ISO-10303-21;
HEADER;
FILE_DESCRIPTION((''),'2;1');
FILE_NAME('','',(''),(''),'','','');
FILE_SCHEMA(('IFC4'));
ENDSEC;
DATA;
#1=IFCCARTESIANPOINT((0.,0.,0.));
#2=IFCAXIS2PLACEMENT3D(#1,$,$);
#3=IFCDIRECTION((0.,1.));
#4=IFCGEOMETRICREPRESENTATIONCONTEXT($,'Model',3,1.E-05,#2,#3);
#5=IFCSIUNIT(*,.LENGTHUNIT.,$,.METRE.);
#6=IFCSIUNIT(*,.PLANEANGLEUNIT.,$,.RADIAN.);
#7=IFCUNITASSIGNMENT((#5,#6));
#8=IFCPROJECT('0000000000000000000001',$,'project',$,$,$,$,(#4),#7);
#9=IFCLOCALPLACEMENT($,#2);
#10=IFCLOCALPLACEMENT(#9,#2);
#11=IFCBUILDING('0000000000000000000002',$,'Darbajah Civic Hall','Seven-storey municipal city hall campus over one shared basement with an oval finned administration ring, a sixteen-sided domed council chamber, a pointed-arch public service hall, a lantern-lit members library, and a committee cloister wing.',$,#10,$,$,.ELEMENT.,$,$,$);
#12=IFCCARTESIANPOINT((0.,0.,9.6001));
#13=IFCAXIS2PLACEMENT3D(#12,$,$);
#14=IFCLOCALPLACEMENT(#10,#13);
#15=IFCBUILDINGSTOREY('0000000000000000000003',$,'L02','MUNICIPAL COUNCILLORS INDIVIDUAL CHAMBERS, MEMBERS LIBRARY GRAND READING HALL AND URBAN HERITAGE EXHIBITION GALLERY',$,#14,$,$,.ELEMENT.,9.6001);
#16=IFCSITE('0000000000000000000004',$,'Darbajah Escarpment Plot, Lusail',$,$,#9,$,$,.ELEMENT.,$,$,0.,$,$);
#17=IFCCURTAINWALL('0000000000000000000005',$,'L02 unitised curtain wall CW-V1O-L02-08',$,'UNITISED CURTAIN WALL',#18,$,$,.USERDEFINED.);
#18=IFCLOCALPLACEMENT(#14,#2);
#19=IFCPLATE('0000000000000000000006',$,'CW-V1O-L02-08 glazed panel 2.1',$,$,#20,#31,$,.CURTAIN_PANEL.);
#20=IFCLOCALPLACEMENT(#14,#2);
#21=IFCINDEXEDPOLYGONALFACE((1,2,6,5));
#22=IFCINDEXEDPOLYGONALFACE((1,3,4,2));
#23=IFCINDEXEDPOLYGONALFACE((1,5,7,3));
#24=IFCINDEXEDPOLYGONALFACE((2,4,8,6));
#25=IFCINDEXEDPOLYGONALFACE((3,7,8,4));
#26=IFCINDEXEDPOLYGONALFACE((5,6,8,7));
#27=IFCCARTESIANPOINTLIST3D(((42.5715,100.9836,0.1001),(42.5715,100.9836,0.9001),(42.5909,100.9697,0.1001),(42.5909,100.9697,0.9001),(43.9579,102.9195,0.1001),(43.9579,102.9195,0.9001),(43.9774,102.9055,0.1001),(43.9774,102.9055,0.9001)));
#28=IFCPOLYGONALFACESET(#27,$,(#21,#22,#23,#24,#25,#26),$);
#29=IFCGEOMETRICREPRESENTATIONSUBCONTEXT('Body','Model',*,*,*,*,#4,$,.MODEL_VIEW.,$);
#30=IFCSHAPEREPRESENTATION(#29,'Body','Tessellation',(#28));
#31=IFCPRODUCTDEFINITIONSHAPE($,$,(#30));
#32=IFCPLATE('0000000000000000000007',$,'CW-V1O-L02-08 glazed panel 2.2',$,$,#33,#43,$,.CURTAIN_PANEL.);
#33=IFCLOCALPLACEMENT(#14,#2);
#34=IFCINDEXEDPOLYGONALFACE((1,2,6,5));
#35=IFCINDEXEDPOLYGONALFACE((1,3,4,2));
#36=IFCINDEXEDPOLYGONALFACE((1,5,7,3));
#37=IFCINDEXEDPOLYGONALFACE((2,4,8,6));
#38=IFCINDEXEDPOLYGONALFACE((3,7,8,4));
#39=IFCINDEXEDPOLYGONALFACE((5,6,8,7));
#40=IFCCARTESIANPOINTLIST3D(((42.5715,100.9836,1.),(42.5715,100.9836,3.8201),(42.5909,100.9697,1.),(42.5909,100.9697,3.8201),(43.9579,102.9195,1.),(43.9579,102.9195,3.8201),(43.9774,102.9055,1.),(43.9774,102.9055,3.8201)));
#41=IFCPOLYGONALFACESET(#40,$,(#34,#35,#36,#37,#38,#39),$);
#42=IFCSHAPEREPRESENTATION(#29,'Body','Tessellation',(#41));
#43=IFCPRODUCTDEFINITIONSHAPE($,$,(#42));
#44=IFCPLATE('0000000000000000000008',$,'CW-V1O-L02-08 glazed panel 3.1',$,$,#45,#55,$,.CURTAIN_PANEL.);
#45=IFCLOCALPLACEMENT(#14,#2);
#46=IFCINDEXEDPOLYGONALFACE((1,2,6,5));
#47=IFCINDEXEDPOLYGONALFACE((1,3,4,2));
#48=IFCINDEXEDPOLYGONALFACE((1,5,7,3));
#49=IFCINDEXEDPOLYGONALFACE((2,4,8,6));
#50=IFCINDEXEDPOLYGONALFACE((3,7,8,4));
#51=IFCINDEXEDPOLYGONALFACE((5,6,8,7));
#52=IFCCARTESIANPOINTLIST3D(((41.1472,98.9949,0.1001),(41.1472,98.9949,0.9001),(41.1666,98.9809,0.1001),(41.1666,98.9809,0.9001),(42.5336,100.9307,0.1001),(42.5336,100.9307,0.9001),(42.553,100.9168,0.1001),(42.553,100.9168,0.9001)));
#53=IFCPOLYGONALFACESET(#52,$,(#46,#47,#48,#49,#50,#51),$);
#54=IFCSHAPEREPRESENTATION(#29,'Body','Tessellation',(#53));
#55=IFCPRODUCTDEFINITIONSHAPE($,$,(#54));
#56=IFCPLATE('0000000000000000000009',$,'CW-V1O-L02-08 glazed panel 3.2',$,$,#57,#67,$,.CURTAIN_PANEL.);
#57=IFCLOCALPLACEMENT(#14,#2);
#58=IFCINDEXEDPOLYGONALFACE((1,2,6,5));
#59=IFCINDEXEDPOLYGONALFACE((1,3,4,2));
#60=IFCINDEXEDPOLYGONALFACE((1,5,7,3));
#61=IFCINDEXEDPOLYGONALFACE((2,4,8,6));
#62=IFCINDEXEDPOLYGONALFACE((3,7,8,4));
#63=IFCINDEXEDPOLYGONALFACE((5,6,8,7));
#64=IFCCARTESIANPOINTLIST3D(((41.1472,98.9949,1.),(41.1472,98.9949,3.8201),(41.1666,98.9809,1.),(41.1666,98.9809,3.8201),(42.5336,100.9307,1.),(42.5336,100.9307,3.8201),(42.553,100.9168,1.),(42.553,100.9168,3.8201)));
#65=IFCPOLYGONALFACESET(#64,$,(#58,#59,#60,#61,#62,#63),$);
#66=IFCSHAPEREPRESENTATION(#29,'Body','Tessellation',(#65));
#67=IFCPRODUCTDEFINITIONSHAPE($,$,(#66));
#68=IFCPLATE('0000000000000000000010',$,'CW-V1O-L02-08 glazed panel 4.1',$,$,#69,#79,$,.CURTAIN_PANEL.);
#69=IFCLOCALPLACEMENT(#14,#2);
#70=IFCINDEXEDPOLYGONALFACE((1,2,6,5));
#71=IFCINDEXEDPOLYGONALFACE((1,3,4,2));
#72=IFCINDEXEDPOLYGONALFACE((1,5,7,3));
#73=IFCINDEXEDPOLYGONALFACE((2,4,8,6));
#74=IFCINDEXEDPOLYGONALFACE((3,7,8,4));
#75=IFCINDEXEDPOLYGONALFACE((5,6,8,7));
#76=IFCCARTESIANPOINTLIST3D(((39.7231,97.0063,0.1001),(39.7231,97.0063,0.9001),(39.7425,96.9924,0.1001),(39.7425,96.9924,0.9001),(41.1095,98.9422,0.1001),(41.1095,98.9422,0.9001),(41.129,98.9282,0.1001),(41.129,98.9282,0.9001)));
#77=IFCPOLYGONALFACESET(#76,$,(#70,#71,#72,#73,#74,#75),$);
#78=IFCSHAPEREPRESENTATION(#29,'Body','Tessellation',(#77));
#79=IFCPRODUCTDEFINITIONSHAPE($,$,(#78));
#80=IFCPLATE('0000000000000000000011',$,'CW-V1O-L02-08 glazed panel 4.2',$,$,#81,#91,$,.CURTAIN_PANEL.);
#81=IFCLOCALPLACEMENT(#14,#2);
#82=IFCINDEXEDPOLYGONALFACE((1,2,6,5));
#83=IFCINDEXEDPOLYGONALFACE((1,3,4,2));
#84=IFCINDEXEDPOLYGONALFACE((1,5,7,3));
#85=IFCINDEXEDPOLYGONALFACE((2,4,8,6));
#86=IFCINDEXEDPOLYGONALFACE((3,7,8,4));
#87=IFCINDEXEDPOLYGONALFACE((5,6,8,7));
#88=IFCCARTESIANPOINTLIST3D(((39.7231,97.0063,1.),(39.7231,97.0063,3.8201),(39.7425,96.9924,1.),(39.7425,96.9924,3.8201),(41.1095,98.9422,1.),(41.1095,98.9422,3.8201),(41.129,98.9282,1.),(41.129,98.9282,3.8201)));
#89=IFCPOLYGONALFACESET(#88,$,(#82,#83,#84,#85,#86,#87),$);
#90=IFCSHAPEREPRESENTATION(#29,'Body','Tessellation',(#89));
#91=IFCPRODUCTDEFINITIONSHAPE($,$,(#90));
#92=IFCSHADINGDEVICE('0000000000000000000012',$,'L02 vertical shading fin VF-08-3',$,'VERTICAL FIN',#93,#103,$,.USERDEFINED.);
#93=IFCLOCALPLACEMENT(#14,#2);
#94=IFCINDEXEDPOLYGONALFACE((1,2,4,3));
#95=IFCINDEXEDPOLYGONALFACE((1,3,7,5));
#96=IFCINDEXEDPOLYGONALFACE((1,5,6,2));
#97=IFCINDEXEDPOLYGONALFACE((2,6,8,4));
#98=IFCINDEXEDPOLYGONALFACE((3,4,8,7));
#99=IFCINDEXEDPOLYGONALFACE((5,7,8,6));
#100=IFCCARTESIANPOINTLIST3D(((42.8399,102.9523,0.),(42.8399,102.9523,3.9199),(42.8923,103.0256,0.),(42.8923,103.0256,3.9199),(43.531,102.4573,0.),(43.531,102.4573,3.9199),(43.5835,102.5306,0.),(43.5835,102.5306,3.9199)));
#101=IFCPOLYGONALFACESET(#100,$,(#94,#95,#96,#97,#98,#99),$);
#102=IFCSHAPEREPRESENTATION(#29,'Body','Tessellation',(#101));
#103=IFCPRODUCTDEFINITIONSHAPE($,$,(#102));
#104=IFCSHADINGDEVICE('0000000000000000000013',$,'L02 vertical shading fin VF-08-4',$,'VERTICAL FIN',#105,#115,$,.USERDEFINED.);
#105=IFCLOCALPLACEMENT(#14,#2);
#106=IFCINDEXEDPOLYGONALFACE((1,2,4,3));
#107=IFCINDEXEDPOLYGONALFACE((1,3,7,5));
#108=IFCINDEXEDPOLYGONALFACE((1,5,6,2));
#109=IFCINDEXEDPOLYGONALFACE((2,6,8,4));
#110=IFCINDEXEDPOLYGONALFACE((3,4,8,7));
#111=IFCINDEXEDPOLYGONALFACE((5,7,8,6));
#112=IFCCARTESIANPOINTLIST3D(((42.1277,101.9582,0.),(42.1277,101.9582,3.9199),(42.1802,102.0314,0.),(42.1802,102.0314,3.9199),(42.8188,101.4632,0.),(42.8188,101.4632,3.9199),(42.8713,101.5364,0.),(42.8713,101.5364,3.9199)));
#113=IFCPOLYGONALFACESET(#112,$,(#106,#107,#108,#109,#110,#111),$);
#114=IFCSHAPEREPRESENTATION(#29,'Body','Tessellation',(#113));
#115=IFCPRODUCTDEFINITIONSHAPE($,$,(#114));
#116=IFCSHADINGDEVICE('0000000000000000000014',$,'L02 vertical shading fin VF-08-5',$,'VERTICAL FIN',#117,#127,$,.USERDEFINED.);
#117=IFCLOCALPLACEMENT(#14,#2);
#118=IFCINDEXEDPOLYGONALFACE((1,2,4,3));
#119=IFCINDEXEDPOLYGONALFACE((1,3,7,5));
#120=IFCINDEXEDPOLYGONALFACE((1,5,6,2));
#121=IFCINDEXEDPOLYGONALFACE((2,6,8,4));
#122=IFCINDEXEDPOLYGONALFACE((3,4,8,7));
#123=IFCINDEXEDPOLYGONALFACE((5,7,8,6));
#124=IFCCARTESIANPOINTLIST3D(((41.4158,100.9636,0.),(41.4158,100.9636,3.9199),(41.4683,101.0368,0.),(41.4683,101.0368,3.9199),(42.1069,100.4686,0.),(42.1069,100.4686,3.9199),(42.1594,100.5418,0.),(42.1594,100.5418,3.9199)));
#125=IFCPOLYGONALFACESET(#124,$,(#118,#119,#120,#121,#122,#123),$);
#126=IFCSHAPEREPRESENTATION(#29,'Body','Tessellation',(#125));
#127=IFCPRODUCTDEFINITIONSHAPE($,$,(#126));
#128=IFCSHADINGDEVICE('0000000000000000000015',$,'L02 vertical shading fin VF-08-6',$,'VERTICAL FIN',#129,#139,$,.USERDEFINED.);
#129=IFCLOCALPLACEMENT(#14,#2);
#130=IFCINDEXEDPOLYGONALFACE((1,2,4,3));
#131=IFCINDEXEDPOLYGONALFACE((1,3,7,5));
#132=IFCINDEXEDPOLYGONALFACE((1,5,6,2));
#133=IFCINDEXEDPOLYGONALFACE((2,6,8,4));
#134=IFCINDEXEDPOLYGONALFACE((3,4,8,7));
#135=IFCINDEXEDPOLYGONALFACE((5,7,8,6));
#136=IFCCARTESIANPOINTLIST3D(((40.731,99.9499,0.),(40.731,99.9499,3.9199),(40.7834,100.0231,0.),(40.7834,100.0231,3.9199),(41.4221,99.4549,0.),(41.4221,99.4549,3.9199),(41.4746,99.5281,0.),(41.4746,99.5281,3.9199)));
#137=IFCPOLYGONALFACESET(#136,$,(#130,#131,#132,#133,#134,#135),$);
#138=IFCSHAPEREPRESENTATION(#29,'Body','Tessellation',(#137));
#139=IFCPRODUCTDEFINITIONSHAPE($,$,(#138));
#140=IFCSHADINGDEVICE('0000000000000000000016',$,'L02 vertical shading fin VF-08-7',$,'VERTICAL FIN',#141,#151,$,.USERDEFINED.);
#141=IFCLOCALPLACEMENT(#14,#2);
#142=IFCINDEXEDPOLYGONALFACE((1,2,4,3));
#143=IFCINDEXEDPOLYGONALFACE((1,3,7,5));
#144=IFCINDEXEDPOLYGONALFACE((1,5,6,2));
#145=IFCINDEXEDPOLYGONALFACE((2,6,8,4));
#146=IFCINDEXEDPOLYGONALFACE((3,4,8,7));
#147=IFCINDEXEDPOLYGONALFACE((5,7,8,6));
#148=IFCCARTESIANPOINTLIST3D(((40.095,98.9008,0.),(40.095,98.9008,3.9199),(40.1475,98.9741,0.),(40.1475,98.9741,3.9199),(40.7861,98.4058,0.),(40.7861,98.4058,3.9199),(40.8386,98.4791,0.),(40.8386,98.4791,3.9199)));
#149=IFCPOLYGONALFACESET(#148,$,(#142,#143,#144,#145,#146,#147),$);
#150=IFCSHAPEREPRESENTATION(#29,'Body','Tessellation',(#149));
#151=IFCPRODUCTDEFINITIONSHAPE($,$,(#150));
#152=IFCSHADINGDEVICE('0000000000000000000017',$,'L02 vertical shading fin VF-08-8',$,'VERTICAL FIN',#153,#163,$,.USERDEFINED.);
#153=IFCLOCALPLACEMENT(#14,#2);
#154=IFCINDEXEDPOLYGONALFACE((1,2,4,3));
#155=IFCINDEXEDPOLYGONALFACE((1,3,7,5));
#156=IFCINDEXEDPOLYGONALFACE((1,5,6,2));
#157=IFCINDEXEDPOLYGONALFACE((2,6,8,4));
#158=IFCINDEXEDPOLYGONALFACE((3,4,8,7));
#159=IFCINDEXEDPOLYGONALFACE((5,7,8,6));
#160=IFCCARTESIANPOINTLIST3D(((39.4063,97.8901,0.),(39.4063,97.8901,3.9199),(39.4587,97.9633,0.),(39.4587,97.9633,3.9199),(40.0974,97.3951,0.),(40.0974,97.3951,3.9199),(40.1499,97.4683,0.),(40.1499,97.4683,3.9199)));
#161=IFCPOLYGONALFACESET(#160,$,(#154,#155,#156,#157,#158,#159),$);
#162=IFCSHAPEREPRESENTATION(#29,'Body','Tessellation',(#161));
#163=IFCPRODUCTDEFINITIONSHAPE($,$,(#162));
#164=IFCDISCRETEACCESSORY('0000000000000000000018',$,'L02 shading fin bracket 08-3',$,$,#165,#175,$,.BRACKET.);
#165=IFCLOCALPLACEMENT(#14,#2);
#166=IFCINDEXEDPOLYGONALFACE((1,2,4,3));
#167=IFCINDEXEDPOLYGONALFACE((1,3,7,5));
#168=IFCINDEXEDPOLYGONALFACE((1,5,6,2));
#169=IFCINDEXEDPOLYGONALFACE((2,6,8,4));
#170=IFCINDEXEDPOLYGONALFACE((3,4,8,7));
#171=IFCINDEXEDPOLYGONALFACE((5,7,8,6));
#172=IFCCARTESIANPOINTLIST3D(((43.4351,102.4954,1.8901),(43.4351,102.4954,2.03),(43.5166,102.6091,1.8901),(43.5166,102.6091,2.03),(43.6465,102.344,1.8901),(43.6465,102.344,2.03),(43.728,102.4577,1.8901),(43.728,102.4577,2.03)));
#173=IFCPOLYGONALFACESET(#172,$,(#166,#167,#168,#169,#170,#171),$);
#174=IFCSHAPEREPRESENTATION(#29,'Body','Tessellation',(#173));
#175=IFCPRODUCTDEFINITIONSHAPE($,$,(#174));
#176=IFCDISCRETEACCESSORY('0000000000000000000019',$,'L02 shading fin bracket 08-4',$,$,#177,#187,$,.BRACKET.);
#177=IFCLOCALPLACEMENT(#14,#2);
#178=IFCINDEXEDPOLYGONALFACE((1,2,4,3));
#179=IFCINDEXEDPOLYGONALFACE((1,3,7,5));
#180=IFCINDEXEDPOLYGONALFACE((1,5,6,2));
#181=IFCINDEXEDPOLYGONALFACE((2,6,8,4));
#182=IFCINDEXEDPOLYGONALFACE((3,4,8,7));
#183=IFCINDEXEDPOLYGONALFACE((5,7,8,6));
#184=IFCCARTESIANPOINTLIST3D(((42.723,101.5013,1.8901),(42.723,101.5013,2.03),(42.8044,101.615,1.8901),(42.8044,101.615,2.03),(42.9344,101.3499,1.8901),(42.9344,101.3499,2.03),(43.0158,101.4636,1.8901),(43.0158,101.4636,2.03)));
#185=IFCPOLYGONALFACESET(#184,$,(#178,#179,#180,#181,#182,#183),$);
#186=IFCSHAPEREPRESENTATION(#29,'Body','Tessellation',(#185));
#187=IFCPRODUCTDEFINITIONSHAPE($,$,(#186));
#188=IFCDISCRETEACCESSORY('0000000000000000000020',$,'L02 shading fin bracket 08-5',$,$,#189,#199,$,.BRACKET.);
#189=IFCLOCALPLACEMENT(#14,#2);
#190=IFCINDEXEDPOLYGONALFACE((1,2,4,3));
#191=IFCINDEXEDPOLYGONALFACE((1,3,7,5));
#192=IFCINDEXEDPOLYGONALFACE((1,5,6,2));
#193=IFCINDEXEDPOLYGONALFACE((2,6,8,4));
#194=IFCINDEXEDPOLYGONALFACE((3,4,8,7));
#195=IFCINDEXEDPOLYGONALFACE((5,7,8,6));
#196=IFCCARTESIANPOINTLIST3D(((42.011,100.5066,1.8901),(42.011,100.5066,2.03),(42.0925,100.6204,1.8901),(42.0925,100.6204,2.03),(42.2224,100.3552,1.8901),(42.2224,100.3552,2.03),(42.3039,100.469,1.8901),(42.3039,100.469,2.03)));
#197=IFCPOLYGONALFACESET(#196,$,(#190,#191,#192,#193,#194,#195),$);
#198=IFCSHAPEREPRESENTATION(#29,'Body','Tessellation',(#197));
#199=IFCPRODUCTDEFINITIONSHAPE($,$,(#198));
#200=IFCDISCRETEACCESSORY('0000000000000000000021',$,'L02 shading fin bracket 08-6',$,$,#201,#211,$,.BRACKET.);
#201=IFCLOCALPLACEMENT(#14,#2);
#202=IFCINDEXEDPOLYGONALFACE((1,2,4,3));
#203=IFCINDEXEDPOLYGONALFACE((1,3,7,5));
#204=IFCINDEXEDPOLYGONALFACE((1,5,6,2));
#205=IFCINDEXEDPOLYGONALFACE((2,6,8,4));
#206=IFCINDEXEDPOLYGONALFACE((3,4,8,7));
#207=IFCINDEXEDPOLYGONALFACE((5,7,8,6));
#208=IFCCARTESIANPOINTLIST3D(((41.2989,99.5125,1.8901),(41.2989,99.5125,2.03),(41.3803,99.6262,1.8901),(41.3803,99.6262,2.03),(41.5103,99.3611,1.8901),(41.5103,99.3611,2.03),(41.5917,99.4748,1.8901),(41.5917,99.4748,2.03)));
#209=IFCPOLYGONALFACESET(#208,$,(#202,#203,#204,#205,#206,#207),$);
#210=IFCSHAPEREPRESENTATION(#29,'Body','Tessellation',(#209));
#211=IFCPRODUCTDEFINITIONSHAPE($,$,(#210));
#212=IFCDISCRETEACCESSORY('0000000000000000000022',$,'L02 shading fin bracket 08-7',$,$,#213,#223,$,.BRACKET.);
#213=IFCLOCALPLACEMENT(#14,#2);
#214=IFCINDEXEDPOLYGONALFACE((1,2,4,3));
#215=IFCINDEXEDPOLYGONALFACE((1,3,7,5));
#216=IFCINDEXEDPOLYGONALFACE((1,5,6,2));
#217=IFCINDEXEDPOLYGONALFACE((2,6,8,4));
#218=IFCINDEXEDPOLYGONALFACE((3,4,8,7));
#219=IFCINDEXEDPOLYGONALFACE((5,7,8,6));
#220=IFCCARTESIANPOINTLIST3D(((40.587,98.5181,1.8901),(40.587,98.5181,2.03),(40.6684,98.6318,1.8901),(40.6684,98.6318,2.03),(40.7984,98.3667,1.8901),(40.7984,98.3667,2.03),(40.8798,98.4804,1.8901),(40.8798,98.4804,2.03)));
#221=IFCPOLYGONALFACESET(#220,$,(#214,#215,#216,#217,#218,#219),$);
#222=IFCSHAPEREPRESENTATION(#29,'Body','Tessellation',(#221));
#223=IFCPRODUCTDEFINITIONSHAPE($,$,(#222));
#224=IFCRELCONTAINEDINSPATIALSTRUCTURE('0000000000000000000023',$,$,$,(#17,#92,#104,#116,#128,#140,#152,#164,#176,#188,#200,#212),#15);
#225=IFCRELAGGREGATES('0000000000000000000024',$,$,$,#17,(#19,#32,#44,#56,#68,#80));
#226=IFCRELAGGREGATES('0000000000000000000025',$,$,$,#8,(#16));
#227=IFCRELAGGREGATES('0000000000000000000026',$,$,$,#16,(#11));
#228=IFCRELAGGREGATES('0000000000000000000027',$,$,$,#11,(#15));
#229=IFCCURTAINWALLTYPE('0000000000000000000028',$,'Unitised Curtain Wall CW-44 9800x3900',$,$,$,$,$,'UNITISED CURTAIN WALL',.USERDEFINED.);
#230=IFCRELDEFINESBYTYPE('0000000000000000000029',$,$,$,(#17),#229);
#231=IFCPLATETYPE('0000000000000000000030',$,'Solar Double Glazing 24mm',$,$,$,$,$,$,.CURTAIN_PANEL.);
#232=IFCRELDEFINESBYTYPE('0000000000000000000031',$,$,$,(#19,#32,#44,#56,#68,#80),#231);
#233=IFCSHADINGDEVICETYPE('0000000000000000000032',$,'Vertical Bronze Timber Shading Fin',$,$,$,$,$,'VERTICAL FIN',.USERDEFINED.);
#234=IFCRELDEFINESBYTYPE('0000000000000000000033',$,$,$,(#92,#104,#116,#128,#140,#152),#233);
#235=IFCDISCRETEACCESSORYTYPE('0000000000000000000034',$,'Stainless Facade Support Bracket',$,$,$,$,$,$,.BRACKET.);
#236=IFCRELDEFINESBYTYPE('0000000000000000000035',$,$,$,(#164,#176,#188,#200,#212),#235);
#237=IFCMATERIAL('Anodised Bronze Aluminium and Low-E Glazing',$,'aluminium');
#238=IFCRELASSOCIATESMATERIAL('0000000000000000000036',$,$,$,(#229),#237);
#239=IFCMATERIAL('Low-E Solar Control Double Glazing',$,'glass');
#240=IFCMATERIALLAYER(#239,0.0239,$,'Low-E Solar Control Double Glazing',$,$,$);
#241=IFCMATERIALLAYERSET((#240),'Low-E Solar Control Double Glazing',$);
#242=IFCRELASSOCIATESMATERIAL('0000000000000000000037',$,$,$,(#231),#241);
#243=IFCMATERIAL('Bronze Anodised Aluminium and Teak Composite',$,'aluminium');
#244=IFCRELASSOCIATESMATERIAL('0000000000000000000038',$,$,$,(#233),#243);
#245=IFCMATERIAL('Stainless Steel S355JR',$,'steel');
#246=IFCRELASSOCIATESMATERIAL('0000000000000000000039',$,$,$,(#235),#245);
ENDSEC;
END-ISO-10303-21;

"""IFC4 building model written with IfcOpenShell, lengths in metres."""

from ifc_helpers import new_model, si_unit, direction, frame, origin, origin_2d, place, context, subcontext, project, spatial, rectangle, extrude, material, layer, layer_set, type_object, element, aggregate, save


model = new_model("IFC4")

# Units and contexts
model_context = context("Model", 3, precision=1e-05, world=origin(), true_north=direction((0.0, 1.0)))
body_context = subcontext(model_context, "Body", "Model", "MODEL_VIEW")
ifc_project = project(units=[si_unit("LENGTHUNIT", "METRE"), si_unit("PLANEANGLEUNIT", "RADIAN")], contexts=[model_context])

# Site, building, storey
site_placement = place(None, origin())
site = spatial("IfcSite", under=ifc_project, at=site_placement, Name="Darbajah Escarpment Plot, Lusail", CompositionType="ELEMENT", RefElevation=0.0)
building_placement = place(site_placement, origin())
building = spatial("IfcBuilding", under=site, at=building_placement, Name="Darbajah Civic Hall", Description="Seven-storey municipal city hall campus over one shared basement with an oval finned administration ring, a sixteen-sided domed council chamber, a pointed-arch public service hall, a lantern-lit members library, and a committee cloister wing.", CompositionType="ELEMENT")
storey_placement = place(building_placement, frame((0.0, 0.0, 9.6001)))
storey = spatial("IfcBuildingStorey", under=building, at=storey_placement, Name="L02", Description="MUNICIPAL COUNCILLORS INDIVIDUAL CHAMBERS, MEMBERS LIBRARY GRAND READING HALL AND URBAN HERITAGE EXHIBITION GALLERY", CompositionType="ELEMENT", Elevation=9.6001)

# Curtain wall
ifc_material_1 = material(Name="Anodised Bronze Aluminium and Low-E Glazing", Category="aluminium")
curtain_wall_type_1 = type_object("IfcCurtainWallType", Name="Unitised Curtain Wall CW-44 9800x3900", ElementType="UNITISED CURTAIN WALL", PredefinedType="USERDEFINED", material=ifc_material_1)
curtain_wall_1_placement = place(storey_placement, origin())
curtain_wall_1 = element("IfcCurtainWall", 1, at=curtain_wall_1_placement, inside=storey, type_object=curtain_wall_type_1, Name="L02 unitised curtain wall CW-V1O-L02-08", ObjectType="UNITISED CURTAIN WALL", PredefinedType="USERDEFINED")

# Plates
ifc_material_2 = material(Name="Low-E Solar Control Double Glazing", Category="glass")
ifc_layer = layer(ifc_material_2, 0.0239, Name="Low-E Solar Control Double Glazing")
ifc_layer_set = layer_set([ifc_layer], Name="Low-E Solar Control Double Glazing")
plate_type = type_object("IfcPlateType", Name="Solar Double Glazing 24mm", PredefinedType="CURTAIN_PANEL", material=ifc_layer_set)
plate_1_placement = place(storey_placement, frame((43.2744, 101.9446, 0.1001), z_axis=(0.0, 0.0, 1.0), x_axis=(-0.582265, -0.812999, 0.0)))
plate_1 = element("IfcPlate", 2, at=plate_1_placement, type_object=plate_type, Name="CW-V1O-L02-08 glazed panel 2.1", PredefinedType="CURTAIN_PANEL", context=body_context, shape_type="SweptSolid", body=[
    extrude(rectangle(XDim=2.3811, YDim=0.0239, at=origin_2d()), origin(), (0.0, 0.0, 1.0), 0.8),
])
plate_2_placement = place(storey_placement, frame((43.2744, 101.9446, 1.0), z_axis=(0.0, 0.0, 1.0), x_axis=(-0.582265, -0.812999, 0.0)))
plate_2 = element("IfcPlate", 3, at=plate_2_placement, type_object=plate_type, Name="CW-V1O-L02-08 glazed panel 2.2", PredefinedType="CURTAIN_PANEL", context=body_context, shape_type="SweptSolid", body=[
    extrude(rectangle(XDim=2.3811, YDim=0.0239, at=origin_2d()), origin(), (0.0, 0.0, 1.0), 2.8201),
])
plate_3_placement = place(storey_placement, frame((41.8501, 99.9558, 0.1001), z_axis=(0.0, 0.0, 1.0), x_axis=(-0.582265, -0.812999, 0.0)))
plate_3 = element("IfcPlate", 4, at=plate_3_placement, type_object=plate_type, Name="CW-V1O-L02-08 glazed panel 3.1", PredefinedType="CURTAIN_PANEL", context=body_context, shape_type="SweptSolid", body=[
    extrude(rectangle(XDim=2.3811, YDim=0.0239, at=origin_2d()), origin(), (0.0, 0.0, 1.0), 0.8),
])
plate_4_placement = place(storey_placement, frame((41.8501, 99.9558, 1.0), z_axis=(0.0, 0.0, 1.0), x_axis=(-0.582265, -0.812999, 0.0)))
plate_4 = element("IfcPlate", 5, at=plate_4_placement, type_object=plate_type, Name="CW-V1O-L02-08 glazed panel 3.2", PredefinedType="CURTAIN_PANEL", context=body_context, shape_type="SweptSolid", body=[
    extrude(rectangle(XDim=2.3811, YDim=0.0239, at=origin_2d()), origin(), (0.0, 0.0, 1.0), 2.8201),
])
plate_5_placement = place(storey_placement, frame((40.426, 97.9673, 0.1001), z_axis=(0.0, 0.0, 1.0), x_axis=(-0.582265, -0.812999, 0.0)))
plate_5 = element("IfcPlate", 6, at=plate_5_placement, type_object=plate_type, Name="CW-V1O-L02-08 glazed panel 4.1", PredefinedType="CURTAIN_PANEL", context=body_context, shape_type="SweptSolid", body=[
    extrude(rectangle(XDim=2.3811, YDim=0.0239, at=origin_2d()), origin(), (0.0, 0.0, 1.0), 0.8),
])
plate_6_placement = place(storey_placement, frame((40.426, 97.9673, 1.0), z_axis=(0.0, 0.0, 1.0), x_axis=(-0.582265, -0.812999, 0.0)))
plate_6 = element("IfcPlate", 7, at=plate_6_placement, type_object=plate_type, Name="CW-V1O-L02-08 glazed panel 4.2", PredefinedType="CURTAIN_PANEL", context=body_context, shape_type="SweptSolid", body=[
    extrude(rectangle(XDim=2.3811, YDim=0.0239, at=origin_2d()), origin(), (0.0, 0.0, 1.0), 2.8201),
])
aggregate(curtain_wall_1, [plate_1, plate_2, plate_3, plate_4, plate_5, plate_6])

# Shading devices
ifc_material_3 = material(Name="Bronze Anodised Aluminium and Teak Composite", Category="aluminium")
shading_device_type = type_object("IfcShadingDeviceType", Name="Vertical Bronze Timber Shading Fin", ElementType="VERTICAL FIN", PredefinedType="USERDEFINED", material=ifc_material_3)
for number, where, z_axis, x_axis, name in (
    (8, (43.2117, 102.7415, 0.0), (0.0, 0.0, 1.0), (-0.812999, 0.582265, 0.0), "L02 vertical shading fin VF-08-3"),
    (9, (42.4995, 101.7473, 0.0), (0.0, 0.0, 1.0), (-0.812999, 0.582265, 0.0), "L02 vertical shading fin VF-08-4"),
    (10, (41.7876, 100.7527, 0.0), (0.0, 0.0, 1.0), (-0.812999, 0.582265, 0.0), "L02 vertical shading fin VF-08-5"),
    (11, (41.1028, 99.739, 0.0), (0.0, 0.0, 1.0), (-0.812999, 0.582265, 0.0), "L02 vertical shading fin VF-08-6"),
    (12, (40.4668, 98.6899, 0.0), (0.0, 0.0, 1.0), (-0.812999, 0.582265, 0.0), "L02 vertical shading fin VF-08-7"),
    (13, (39.7781, 97.6792, 0.0), (0.0, 0.0, 1.0), (-0.812999, 0.582265, 0.0), "L02 vertical shading fin VF-08-8"),
):
    element("IfcShadingDevice", number, at=place(storey_placement, frame(where, z_axis=z_axis, x_axis=x_axis)), inside=storey, type_object=shading_device_type, Name=name, ObjectType="VERTICAL FIN", PredefinedType="USERDEFINED", context=body_context, shape_type="SweptSolid", body=[
        extrude(rectangle(XDim=0.8501, YDim=0.0901, at=origin_2d()), origin(), (0.0, 0.0, 1.0), 3.9199),
    ])

# Discrete accessories
ifc_material_4 = material(Name="Stainless Steel S355JR", Category="steel")
discrete_accessory_type = type_object("IfcDiscreteAccessoryType", Name="Stainless Facade Support Bracket", PredefinedType="BRACKET", material=ifc_material_4)
for number, where, z_axis, x_axis, name in (
    (14, (43.5815, 102.4766, 1.8901), (0.0, 0.0, 1.0), (-0.812999, 0.582265, 0.0), "L02 shading fin bracket 08-3"),
    (15, (42.8694, 101.4824, 1.8901), (0.0, 0.0, 1.0), (-0.812999, 0.582265, 0.0), "L02 shading fin bracket 08-4"),
    (16, (42.1575, 100.4878, 1.8901), (0.0, 0.0, 1.0), (-0.812999, 0.582265, 0.0), "L02 shading fin bracket 08-5"),
    (17, (41.4453, 99.4937, 1.8901), (0.0, 0.0, 1.0), (-0.812999, 0.582265, 0.0), "L02 shading fin bracket 08-6"),
    (18, (40.7334, 98.4993, 1.8901), (0.0, 0.0, 1.0), (-0.812999, 0.582265, 0.0), "L02 shading fin bracket 08-7"),
):
    element("IfcDiscreteAccessory", number, at=place(storey_placement, frame(where, z_axis=z_axis, x_axis=x_axis)), inside=storey, type_object=discrete_accessory_type, Name=name, PredefinedType="BRACKET", context=body_context, shape_type="SweptSolid", body=[
        extrude(rectangle(XDim=0.26, YDim=0.1399, at=origin_2d()), origin(), (0.0, 0.0, 1.0), 0.1399),
    ])

save(model, "model.ifc")
